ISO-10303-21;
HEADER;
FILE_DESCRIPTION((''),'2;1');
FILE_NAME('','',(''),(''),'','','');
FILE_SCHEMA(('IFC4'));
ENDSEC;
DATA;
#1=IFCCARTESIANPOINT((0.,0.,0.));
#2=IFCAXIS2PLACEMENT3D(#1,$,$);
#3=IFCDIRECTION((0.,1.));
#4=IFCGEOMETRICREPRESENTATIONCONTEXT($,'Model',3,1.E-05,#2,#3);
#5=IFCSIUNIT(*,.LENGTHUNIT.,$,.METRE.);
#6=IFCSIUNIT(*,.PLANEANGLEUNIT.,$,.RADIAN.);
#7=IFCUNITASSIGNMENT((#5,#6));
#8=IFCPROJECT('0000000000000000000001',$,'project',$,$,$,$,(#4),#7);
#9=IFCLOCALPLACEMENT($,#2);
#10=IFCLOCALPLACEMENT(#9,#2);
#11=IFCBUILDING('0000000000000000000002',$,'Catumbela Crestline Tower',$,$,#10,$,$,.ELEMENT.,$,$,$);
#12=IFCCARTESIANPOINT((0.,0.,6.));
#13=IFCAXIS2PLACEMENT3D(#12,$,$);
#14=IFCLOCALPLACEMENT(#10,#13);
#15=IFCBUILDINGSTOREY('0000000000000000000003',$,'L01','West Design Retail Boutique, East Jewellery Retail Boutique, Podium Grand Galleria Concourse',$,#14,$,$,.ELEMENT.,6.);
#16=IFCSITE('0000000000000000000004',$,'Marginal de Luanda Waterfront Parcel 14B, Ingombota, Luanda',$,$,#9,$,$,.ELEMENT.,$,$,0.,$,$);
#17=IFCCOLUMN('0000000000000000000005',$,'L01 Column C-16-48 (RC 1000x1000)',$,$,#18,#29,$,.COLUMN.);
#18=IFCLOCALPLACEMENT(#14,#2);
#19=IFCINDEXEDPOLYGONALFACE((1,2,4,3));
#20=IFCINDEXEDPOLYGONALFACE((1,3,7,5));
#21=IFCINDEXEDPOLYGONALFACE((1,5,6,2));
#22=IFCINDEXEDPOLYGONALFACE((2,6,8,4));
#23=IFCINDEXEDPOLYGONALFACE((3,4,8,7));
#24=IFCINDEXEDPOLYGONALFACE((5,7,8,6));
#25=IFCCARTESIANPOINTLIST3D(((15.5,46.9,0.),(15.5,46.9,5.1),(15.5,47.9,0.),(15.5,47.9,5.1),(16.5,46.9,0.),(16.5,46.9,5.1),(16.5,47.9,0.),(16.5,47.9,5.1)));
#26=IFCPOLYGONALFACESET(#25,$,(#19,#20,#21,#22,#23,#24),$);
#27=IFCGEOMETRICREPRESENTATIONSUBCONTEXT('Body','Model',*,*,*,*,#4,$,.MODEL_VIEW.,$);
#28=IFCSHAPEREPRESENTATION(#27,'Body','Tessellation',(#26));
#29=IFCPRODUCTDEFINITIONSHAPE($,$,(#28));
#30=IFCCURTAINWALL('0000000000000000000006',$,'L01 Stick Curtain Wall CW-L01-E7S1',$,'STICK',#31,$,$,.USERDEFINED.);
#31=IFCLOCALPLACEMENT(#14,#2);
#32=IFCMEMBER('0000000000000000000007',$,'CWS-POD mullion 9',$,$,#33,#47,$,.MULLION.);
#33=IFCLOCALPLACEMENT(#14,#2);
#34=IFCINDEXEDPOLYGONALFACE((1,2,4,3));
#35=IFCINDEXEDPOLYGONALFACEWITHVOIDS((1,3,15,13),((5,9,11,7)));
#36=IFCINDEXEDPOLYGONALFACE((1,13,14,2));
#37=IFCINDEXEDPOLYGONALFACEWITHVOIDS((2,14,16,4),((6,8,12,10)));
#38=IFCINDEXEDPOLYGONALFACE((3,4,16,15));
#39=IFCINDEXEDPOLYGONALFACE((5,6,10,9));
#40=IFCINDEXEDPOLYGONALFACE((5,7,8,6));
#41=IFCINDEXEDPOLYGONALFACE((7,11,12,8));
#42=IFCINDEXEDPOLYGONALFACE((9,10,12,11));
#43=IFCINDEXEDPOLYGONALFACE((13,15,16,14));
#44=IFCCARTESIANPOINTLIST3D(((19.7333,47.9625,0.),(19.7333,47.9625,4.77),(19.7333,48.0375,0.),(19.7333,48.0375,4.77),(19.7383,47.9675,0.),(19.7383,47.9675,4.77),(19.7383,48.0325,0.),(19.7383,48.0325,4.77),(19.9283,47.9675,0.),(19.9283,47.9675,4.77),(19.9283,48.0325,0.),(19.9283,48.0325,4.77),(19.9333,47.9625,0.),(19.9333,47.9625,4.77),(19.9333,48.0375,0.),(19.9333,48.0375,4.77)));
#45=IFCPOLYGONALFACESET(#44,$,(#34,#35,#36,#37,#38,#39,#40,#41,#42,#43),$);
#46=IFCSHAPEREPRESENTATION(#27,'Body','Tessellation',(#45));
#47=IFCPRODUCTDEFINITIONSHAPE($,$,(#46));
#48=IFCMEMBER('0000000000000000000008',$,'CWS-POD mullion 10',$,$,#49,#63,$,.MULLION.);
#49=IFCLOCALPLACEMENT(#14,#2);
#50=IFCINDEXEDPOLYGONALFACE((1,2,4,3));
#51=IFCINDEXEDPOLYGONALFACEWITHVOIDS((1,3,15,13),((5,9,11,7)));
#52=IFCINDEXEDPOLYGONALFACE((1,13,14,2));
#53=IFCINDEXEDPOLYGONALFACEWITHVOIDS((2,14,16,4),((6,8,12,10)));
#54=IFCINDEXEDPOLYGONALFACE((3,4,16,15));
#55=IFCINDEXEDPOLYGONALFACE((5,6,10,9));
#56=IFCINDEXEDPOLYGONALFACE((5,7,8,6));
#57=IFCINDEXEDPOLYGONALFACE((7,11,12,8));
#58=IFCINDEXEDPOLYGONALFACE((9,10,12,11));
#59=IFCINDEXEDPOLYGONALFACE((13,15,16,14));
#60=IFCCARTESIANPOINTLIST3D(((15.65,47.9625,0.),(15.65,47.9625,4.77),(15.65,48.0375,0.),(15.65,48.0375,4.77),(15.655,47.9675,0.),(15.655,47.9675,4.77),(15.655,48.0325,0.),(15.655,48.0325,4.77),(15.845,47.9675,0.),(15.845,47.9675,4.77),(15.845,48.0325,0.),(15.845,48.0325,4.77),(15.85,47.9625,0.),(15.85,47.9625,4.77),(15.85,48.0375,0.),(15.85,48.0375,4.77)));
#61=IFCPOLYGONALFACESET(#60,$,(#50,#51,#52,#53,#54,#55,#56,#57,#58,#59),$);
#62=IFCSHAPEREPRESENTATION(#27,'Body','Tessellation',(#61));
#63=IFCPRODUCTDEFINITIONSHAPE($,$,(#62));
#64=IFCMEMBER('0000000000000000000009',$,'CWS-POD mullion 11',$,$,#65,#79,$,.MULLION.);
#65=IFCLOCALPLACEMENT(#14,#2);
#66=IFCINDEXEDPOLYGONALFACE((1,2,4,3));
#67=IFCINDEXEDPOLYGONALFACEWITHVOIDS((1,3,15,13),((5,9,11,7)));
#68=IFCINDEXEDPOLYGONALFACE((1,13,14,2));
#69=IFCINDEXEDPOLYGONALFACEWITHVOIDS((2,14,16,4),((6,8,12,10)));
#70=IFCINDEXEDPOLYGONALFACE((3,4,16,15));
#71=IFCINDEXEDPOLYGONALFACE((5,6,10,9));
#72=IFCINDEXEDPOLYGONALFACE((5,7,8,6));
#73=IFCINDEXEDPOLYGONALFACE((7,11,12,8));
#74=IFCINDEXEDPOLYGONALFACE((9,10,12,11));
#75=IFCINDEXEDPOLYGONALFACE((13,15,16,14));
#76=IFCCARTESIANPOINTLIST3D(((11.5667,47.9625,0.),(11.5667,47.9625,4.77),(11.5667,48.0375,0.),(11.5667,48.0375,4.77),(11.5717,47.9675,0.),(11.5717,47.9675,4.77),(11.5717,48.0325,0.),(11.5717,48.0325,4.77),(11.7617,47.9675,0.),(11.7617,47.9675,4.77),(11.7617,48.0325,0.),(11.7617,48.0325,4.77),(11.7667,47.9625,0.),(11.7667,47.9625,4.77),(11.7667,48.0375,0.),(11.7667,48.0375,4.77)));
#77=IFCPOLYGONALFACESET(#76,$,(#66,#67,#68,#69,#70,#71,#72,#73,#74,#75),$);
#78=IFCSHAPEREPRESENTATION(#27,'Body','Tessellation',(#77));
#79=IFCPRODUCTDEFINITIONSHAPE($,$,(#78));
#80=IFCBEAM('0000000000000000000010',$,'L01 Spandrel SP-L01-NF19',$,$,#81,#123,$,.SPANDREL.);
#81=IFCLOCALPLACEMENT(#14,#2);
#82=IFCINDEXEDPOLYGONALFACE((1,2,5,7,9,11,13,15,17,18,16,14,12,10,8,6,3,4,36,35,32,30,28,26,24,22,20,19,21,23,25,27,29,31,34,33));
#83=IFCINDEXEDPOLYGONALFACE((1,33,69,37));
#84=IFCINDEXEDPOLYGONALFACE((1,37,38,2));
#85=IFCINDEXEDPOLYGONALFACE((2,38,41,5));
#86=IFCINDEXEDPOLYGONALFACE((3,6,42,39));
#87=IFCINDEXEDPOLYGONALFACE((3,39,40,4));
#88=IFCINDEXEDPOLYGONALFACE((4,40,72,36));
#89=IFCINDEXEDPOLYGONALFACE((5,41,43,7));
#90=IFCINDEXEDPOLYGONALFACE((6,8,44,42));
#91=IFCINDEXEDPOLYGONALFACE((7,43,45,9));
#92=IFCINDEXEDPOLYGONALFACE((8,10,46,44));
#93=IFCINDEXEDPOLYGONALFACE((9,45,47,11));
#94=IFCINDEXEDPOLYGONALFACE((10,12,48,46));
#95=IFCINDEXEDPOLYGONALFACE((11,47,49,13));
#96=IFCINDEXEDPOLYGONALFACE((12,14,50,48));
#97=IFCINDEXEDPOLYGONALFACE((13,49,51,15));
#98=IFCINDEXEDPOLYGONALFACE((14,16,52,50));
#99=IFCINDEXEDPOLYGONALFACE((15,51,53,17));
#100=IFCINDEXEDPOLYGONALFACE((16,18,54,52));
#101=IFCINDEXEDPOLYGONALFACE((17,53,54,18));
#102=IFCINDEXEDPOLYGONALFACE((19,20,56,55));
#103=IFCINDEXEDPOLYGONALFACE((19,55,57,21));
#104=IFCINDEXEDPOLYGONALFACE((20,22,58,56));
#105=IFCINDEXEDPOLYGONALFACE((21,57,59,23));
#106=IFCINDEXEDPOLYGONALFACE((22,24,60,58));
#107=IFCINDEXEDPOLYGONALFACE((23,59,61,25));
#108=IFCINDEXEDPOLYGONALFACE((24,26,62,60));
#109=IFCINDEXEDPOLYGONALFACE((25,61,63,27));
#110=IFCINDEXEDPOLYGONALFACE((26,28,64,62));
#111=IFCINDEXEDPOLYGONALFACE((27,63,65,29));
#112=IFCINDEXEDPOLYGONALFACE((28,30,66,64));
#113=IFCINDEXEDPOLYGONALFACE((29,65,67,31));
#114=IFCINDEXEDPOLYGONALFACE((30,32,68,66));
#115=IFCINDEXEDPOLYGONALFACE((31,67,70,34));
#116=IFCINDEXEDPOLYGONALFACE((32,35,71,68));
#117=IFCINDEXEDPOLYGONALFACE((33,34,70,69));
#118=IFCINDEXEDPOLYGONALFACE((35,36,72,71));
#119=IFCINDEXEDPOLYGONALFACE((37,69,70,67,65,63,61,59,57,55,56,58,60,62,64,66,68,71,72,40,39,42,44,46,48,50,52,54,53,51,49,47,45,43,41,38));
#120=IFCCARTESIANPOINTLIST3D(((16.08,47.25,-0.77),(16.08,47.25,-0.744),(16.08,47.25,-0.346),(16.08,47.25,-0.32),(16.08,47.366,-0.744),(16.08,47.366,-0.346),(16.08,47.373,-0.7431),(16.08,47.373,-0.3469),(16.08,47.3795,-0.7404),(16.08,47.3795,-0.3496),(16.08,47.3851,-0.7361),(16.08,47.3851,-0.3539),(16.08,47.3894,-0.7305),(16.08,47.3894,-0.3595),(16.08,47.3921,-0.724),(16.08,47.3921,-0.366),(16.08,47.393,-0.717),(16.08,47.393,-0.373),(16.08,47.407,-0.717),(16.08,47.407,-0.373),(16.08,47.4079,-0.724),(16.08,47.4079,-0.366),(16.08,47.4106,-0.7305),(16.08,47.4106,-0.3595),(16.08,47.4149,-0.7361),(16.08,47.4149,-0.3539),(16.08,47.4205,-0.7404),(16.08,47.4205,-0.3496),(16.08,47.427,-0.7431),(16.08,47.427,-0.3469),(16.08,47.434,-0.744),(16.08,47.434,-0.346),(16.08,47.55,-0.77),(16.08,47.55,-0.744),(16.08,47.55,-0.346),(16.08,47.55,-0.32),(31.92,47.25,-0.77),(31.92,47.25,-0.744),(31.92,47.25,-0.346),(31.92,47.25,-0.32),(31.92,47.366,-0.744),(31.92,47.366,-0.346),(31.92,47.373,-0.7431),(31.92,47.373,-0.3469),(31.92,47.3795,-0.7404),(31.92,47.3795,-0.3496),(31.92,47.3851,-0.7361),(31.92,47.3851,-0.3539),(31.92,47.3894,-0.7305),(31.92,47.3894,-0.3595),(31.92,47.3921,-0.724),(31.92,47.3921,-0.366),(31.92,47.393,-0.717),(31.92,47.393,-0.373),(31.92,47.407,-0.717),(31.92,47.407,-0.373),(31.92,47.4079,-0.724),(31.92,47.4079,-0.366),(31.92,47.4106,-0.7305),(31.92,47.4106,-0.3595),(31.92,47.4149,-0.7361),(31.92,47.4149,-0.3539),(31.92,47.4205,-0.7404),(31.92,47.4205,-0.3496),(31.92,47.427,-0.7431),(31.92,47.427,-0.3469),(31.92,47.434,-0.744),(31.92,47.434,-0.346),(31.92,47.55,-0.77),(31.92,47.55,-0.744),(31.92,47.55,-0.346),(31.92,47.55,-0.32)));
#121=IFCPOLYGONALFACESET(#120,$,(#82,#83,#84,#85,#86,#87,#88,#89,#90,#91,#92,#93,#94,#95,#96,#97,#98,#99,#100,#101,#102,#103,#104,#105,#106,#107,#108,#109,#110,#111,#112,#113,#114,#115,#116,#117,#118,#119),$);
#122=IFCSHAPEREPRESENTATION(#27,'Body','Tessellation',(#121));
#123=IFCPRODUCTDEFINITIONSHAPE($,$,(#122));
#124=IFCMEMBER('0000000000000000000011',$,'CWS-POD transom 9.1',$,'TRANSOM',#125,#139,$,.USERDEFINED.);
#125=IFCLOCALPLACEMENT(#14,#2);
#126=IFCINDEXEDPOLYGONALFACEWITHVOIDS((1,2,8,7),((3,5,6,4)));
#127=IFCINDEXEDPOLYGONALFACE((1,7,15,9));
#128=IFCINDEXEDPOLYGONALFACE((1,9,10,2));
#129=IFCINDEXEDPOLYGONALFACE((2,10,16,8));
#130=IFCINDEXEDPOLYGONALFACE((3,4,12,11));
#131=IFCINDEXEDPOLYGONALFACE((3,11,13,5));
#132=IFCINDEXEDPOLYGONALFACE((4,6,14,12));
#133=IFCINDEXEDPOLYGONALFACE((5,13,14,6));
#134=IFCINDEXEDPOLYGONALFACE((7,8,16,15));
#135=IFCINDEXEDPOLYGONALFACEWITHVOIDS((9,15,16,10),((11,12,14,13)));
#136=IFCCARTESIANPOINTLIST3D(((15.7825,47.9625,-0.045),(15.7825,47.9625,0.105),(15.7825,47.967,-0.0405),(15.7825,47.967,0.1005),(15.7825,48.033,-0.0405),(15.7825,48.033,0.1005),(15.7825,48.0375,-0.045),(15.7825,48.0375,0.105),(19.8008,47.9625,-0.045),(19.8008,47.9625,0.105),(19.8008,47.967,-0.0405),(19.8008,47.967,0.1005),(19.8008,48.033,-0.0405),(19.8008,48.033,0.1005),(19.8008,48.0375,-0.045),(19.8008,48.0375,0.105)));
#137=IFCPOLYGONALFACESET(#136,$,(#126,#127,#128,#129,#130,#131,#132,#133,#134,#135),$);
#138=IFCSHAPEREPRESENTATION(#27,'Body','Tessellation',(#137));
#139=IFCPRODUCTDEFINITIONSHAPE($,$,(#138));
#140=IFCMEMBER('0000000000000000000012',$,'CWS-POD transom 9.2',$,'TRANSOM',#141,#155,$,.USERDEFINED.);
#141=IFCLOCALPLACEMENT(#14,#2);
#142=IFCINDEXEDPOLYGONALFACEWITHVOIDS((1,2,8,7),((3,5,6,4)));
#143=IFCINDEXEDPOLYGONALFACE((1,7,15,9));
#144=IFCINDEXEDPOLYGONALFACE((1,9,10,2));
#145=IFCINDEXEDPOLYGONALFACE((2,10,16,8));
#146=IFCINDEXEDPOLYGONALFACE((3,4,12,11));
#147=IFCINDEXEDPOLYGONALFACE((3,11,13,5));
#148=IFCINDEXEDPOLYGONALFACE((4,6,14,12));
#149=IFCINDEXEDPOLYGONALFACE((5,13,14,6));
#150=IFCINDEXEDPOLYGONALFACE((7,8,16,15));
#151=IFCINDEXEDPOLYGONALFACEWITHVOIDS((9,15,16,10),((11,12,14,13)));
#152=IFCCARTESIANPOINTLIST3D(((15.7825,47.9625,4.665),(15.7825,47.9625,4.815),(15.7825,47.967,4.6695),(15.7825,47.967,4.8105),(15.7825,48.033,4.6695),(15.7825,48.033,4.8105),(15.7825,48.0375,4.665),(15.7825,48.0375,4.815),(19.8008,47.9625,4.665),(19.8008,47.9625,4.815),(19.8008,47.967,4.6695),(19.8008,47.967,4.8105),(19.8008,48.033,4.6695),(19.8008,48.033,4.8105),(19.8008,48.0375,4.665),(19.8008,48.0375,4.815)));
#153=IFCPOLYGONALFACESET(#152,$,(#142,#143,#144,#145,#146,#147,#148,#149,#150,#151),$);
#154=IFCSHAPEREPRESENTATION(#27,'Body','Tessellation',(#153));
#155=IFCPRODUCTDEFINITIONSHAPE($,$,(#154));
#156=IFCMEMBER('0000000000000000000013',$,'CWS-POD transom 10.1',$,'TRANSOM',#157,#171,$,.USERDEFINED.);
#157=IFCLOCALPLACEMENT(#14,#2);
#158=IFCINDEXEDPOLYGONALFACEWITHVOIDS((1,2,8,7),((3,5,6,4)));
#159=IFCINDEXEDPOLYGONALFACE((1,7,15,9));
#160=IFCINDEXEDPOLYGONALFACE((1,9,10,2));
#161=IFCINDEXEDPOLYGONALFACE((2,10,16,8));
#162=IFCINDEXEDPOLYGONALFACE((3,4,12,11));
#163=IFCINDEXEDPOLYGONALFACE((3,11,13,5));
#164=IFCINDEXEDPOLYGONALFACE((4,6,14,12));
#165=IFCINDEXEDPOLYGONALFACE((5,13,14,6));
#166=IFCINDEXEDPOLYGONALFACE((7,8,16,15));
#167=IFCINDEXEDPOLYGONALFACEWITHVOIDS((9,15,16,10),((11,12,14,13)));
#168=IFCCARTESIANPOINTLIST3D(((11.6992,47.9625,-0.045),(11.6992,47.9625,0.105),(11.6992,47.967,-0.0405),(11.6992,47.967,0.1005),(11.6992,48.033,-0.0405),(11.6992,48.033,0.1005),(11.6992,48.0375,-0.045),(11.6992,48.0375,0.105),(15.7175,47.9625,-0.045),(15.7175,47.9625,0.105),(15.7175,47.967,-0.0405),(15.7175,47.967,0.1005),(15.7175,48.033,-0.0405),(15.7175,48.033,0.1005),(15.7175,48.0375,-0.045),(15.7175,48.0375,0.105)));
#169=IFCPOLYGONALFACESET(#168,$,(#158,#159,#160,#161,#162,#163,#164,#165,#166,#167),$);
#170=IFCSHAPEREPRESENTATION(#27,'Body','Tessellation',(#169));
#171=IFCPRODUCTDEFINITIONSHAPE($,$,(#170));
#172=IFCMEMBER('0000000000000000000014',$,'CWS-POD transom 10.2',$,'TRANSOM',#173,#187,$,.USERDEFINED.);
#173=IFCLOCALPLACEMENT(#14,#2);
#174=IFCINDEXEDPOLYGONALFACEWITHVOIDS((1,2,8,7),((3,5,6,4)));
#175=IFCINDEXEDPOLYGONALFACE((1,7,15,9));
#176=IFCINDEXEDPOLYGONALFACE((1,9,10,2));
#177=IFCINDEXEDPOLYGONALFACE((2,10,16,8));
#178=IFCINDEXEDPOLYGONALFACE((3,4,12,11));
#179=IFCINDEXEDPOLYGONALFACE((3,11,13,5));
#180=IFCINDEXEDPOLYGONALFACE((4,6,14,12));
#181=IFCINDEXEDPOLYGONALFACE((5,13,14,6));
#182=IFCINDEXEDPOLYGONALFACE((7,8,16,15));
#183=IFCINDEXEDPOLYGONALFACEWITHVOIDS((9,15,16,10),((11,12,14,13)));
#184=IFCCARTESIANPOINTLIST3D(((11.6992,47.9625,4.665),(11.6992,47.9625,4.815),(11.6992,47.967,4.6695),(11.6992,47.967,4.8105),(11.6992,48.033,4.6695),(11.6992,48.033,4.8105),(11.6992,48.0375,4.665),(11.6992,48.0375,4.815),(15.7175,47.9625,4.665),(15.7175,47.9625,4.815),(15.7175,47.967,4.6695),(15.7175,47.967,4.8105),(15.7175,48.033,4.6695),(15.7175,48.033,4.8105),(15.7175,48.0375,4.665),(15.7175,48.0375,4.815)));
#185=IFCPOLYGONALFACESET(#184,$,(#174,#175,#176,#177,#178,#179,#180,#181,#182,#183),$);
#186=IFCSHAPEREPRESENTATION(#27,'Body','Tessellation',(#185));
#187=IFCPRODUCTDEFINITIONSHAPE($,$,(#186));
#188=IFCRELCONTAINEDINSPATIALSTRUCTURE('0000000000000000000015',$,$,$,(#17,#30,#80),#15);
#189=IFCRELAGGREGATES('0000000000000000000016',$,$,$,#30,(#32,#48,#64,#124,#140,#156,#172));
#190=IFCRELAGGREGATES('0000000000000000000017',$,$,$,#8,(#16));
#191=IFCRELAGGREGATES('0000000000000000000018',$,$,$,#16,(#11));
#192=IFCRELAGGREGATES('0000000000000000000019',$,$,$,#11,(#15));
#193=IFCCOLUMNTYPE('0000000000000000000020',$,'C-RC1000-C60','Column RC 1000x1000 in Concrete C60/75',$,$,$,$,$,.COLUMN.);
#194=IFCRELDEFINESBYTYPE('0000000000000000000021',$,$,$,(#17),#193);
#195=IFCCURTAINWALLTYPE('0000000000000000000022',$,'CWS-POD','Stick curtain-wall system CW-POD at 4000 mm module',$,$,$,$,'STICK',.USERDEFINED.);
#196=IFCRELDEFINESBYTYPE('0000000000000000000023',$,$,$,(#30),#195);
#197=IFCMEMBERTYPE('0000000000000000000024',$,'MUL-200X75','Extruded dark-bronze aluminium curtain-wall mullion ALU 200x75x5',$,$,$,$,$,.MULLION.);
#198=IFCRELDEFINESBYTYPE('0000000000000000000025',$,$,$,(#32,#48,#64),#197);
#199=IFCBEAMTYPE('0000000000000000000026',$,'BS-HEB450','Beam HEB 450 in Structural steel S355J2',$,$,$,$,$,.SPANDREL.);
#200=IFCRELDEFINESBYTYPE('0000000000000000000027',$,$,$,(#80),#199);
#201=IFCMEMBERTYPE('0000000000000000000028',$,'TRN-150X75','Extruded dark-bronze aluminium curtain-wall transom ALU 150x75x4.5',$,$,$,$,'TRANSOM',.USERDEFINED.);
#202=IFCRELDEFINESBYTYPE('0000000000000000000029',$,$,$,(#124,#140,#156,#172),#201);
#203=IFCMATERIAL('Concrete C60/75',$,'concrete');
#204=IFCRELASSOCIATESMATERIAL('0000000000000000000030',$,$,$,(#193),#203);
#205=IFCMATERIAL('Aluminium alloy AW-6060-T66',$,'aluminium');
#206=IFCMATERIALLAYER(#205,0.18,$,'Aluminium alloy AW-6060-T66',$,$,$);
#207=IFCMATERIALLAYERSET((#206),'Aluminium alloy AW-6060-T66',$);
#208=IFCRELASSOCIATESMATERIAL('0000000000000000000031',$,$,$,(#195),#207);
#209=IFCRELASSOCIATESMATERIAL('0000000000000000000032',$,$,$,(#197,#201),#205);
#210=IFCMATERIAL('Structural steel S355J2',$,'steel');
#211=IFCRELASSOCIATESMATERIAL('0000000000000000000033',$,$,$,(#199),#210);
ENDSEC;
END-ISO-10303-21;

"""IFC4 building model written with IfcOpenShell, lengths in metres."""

from ifc_helpers import new_model, si_unit, direction, frame, origin, origin_2d, place, context, subcontext, project, spatial, rectangle, hollow_rectangle, i_section, extrude, material, layer, layer_set, material_profile, profile_set, type_object, element, aggregate, save


model = new_model("IFC4")

# Units and contexts
model_context = context("Model", 3, precision=1e-05, world=origin(), true_north=direction((0.0, 1.0)))
body_context = subcontext(model_context, "Body", "Model", "MODEL_VIEW")
ifc_project = project(units=[si_unit("LENGTHUNIT", "METRE"), si_unit("PLANEANGLEUNIT", "RADIAN")], contexts=[model_context])

# Site, building, storey
site_placement = place(None, origin())
site = spatial("IfcSite", under=ifc_project, at=site_placement, Name="Marginal de Luanda Waterfront Parcel 14B, Ingombota, Luanda", CompositionType="ELEMENT", RefElevation=0.0)
building_placement = place(site_placement, origin())
building = spatial("IfcBuilding", under=site, at=building_placement, Name="Catumbela Crestline Tower", CompositionType="ELEMENT")
storey_placement = place(building_placement, frame((0.0, 0.0, 6.0)))
storey = spatial("IfcBuildingStorey", under=building, at=storey_placement, Name="L01", Description="West Design Retail Boutique, East Jewellery Retail Boutique, Podium Grand Galleria Concourse", CompositionType="ELEMENT", Elevation=6.0)

# Column
ifc_material_1 = material(Name="Concrete C60/75", Category="concrete")
ifc_material_profile_1 = material_profile(ifc_material_1, rectangle(XDim=1.0, YDim=1.0, at=origin_2d()), Name="RC 1000x1000")
ifc_profile_set_1 = profile_set([ifc_material_profile_1], Name="Concrete C60/75")
column_type = type_object("IfcColumnType", Name="C-RC1000-C60", Description="Column RC 1000x1000 in Concrete C60/75", PredefinedType="COLUMN", material=ifc_profile_set_1)
column_placement = place(storey_placement, frame((16.0, 47.4, 0.0), z_axis=(0.0, 0.0, 1.0), x_axis=(1.0, 0.0, 0.0)))
element("IfcColumn", 1, at=column_placement, inside=storey, type_object=column_type, Name="L01 Column C-16-48 (RC 1000x1000)", PredefinedType="COLUMN", context=body_context, shape_type="SweptSolid", body=[
    extrude(rectangle(XDim=1.0, YDim=1.0, at=origin_2d()), origin(), (0.0, 0.0, 1.0), 5.1),
])

# Curtain wall, members
ifc_material_2 = material(Name="Aluminium alloy AW-6060-T66", Category="aluminium")
ifc_layer_1 = layer(ifc_material_2, 0.18, Name="Aluminium alloy AW-6060-T66")
ifc_layer_set_1 = layer_set([ifc_layer_1], Name="Aluminium alloy AW-6060-T66")
curtain_wall_type = type_object("IfcCurtainWallType", Name="CWS-POD", Description="Stick curtain-wall system CW-POD at 4000 mm module", ElementType="STICK", PredefinedType="USERDEFINED", material=ifc_layer_set_1)
curtain_wall_placement = place(storey_placement, origin())
curtain_wall = element("IfcCurtainWall", 2, at=curtain_wall_placement, inside=storey, type_object=curtain_wall_type, Name="L01 Stick Curtain Wall CW-L01-E7S1", ObjectType="STICK", PredefinedType="USERDEFINED")
ifc_material_profile_2 = material_profile(ifc_material_2, hollow_rectangle(XDim=0.075, YDim=0.2, WallThickness=0.005, at=origin_2d()), Name="ALU 200x75x5")
ifc_profile_set_2 = profile_set([ifc_material_profile_2], Name="Aluminium alloy AW-6060-T66")
member_type_1 = type_object("IfcMemberType", Name="MUL-200X75", Description="Extruded dark-bronze aluminium curtain-wall mullion ALU 200x75x5", PredefinedType="MULLION", material=ifc_profile_set_2)
member_1_placement = place(storey_placement, frame((19.8333, 48.0, 0.0), z_axis=(0.0, 0.0, 1.0), x_axis=(0.0, -1.0, 0.0)))
member_1 = element("IfcMember", 3, at=member_1_placement, type_object=member_type_1, Name="CWS-POD mullion 9", PredefinedType="MULLION", context=body_context, shape_type="SweptSolid", body=[
    extrude(hollow_rectangle(XDim=0.075, YDim=0.2, WallThickness=0.005, at=origin_2d()), origin(), (0.0, 0.0, 1.0), 4.77),
])
member_2_placement = place(storey_placement, frame((15.75, 48.0, 0.0), z_axis=(0.0, 0.0, 1.0), x_axis=(0.0, -1.0, 0.0)))
member_2 = element("IfcMember", 4, at=member_2_placement, type_object=member_type_1, Name="CWS-POD mullion 10", PredefinedType="MULLION", context=body_context, shape_type="SweptSolid", body=[
    extrude(hollow_rectangle(XDim=0.075, YDim=0.2, WallThickness=0.005, at=origin_2d()), origin(), (0.0, 0.0, 1.0), 4.77),
])
member_3_placement = place(storey_placement, frame((11.6667, 48.0, 0.0), z_axis=(0.0, 0.0, 1.0), x_axis=(0.0, -1.0, 0.0)))
member_3 = element("IfcMember", 5, at=member_3_placement, type_object=member_type_1, Name="CWS-POD mullion 11", PredefinedType="MULLION", context=body_context, shape_type="SweptSolid", body=[
    extrude(hollow_rectangle(XDim=0.075, YDim=0.2, WallThickness=0.005, at=origin_2d()), origin(), (0.0, 0.0, 1.0), 4.77),
])

# Beam
ifc_material_3 = material(Name="Structural steel S355J2", Category="steel")
ifc_material_profile_3 = material_profile(ifc_material_3, i_section(OverallWidth=0.3, OverallDepth=0.45, WebThickness=0.014, FlangeThickness=0.026, FilletRadius=0.027, at=origin_2d()), Name="HEB 450")
ifc_profile_set_3 = profile_set([ifc_material_profile_3], Name="Structural steel S355J2")
beam_type = type_object("IfcBeamType", Name="BS-HEB450", Description="Beam HEB 450 in Structural steel S355J2", PredefinedType="SPANDREL", material=ifc_profile_set_3)
beam_placement = place(storey_placement, frame((16.08, 47.4, -0.545), z_axis=(1.0, 0.0, 0.0), x_axis=(0.0, 1.0, 0.0)))
element("IfcBeam", 6, at=beam_placement, inside=storey, type_object=beam_type, Name="L01 Spandrel SP-L01-NF19", PredefinedType="SPANDREL", context=body_context, shape_type="SweptSolid", body=[
    extrude(i_section(OverallWidth=0.3, OverallDepth=0.45, WebThickness=0.014, FlangeThickness=0.026, FilletRadius=0.027, at=origin_2d()), origin(), (0.0, 0.0, 1.0), 15.84),
])

# Members
ifc_material_profile_4 = material_profile(ifc_material_2, hollow_rectangle(XDim=0.075, YDim=0.15, WallThickness=0.0045, at=origin_2d()), Name="ALU 150x75x4.5")
ifc_profile_set_4 = profile_set([ifc_material_profile_4], Name="Aluminium alloy AW-6060-T66")
member_type_2 = type_object("IfcMemberType", Name="TRN-150X75", Description="Extruded dark-bronze aluminium curtain-wall transom ALU 150x75x4.5", ElementType="TRANSOM", PredefinedType="USERDEFINED", material=ifc_profile_set_4)
member_4_placement = place(storey_placement, frame((19.8008, 48.0, 0.03), z_axis=(-1.0, 0.0, 0.0), x_axis=(0.0, -1.0, 0.0)))
member_4 = element("IfcMember", 7, at=member_4_placement, type_object=member_type_2, Name="CWS-POD transom 9.1", ObjectType="TRANSOM", PredefinedType="USERDEFINED", context=body_context, shape_type="SweptSolid", body=[
    extrude(hollow_rectangle(XDim=0.075, YDim=0.15, WallThickness=0.0045, at=origin_2d()), origin(), (0.0, 0.0, 1.0), 4.0183),
])
member_5_placement = place(storey_placement, frame((19.8008, 48.0, 4.74), z_axis=(-1.0, 0.0, 0.0), x_axis=(0.0, -1.0, 0.0)))
member_5 = element("IfcMember", 8, at=member_5_placement, type_object=member_type_2, Name="CWS-POD transom 9.2", ObjectType="TRANSOM", PredefinedType="USERDEFINED", context=body_context, shape_type="SweptSolid", body=[
    extrude(hollow_rectangle(XDim=0.075, YDim=0.15, WallThickness=0.0045, at=origin_2d()), origin(), (0.0, 0.0, 1.0), 4.0183),
])
member_6_placement = place(storey_placement, frame((15.7175, 48.0, 0.03), z_axis=(-1.0, 0.0, 0.0), x_axis=(0.0, -1.0, 0.0)))
member_6 = element("IfcMember", 9, at=member_6_placement, type_object=member_type_2, Name="CWS-POD transom 10.1", ObjectType="TRANSOM", PredefinedType="USERDEFINED", context=body_context, shape_type="SweptSolid", body=[
    extrude(hollow_rectangle(XDim=0.075, YDim=0.15, WallThickness=0.0045, at=origin_2d()), origin(), (0.0, 0.0, 1.0), 4.0183),
])
member_7_placement = place(storey_placement, frame((15.7175, 48.0, 4.74), z_axis=(-1.0, 0.0, 0.0), x_axis=(0.0, -1.0, 0.0)))
member_7 = element("IfcMember", 10, at=member_7_placement, type_object=member_type_2, Name="CWS-POD transom 10.2", ObjectType="TRANSOM", PredefinedType="USERDEFINED", context=body_context, shape_type="SweptSolid", body=[
    extrude(hollow_rectangle(XDim=0.075, YDim=0.15, WallThickness=0.0045, at=origin_2d()), origin(), (0.0, 0.0, 1.0), 4.0183),
])

aggregate(curtain_wall, [member_1, member_2, member_3, member_4, member_5, member_6, member_7])

save(model, "model.ifc")
